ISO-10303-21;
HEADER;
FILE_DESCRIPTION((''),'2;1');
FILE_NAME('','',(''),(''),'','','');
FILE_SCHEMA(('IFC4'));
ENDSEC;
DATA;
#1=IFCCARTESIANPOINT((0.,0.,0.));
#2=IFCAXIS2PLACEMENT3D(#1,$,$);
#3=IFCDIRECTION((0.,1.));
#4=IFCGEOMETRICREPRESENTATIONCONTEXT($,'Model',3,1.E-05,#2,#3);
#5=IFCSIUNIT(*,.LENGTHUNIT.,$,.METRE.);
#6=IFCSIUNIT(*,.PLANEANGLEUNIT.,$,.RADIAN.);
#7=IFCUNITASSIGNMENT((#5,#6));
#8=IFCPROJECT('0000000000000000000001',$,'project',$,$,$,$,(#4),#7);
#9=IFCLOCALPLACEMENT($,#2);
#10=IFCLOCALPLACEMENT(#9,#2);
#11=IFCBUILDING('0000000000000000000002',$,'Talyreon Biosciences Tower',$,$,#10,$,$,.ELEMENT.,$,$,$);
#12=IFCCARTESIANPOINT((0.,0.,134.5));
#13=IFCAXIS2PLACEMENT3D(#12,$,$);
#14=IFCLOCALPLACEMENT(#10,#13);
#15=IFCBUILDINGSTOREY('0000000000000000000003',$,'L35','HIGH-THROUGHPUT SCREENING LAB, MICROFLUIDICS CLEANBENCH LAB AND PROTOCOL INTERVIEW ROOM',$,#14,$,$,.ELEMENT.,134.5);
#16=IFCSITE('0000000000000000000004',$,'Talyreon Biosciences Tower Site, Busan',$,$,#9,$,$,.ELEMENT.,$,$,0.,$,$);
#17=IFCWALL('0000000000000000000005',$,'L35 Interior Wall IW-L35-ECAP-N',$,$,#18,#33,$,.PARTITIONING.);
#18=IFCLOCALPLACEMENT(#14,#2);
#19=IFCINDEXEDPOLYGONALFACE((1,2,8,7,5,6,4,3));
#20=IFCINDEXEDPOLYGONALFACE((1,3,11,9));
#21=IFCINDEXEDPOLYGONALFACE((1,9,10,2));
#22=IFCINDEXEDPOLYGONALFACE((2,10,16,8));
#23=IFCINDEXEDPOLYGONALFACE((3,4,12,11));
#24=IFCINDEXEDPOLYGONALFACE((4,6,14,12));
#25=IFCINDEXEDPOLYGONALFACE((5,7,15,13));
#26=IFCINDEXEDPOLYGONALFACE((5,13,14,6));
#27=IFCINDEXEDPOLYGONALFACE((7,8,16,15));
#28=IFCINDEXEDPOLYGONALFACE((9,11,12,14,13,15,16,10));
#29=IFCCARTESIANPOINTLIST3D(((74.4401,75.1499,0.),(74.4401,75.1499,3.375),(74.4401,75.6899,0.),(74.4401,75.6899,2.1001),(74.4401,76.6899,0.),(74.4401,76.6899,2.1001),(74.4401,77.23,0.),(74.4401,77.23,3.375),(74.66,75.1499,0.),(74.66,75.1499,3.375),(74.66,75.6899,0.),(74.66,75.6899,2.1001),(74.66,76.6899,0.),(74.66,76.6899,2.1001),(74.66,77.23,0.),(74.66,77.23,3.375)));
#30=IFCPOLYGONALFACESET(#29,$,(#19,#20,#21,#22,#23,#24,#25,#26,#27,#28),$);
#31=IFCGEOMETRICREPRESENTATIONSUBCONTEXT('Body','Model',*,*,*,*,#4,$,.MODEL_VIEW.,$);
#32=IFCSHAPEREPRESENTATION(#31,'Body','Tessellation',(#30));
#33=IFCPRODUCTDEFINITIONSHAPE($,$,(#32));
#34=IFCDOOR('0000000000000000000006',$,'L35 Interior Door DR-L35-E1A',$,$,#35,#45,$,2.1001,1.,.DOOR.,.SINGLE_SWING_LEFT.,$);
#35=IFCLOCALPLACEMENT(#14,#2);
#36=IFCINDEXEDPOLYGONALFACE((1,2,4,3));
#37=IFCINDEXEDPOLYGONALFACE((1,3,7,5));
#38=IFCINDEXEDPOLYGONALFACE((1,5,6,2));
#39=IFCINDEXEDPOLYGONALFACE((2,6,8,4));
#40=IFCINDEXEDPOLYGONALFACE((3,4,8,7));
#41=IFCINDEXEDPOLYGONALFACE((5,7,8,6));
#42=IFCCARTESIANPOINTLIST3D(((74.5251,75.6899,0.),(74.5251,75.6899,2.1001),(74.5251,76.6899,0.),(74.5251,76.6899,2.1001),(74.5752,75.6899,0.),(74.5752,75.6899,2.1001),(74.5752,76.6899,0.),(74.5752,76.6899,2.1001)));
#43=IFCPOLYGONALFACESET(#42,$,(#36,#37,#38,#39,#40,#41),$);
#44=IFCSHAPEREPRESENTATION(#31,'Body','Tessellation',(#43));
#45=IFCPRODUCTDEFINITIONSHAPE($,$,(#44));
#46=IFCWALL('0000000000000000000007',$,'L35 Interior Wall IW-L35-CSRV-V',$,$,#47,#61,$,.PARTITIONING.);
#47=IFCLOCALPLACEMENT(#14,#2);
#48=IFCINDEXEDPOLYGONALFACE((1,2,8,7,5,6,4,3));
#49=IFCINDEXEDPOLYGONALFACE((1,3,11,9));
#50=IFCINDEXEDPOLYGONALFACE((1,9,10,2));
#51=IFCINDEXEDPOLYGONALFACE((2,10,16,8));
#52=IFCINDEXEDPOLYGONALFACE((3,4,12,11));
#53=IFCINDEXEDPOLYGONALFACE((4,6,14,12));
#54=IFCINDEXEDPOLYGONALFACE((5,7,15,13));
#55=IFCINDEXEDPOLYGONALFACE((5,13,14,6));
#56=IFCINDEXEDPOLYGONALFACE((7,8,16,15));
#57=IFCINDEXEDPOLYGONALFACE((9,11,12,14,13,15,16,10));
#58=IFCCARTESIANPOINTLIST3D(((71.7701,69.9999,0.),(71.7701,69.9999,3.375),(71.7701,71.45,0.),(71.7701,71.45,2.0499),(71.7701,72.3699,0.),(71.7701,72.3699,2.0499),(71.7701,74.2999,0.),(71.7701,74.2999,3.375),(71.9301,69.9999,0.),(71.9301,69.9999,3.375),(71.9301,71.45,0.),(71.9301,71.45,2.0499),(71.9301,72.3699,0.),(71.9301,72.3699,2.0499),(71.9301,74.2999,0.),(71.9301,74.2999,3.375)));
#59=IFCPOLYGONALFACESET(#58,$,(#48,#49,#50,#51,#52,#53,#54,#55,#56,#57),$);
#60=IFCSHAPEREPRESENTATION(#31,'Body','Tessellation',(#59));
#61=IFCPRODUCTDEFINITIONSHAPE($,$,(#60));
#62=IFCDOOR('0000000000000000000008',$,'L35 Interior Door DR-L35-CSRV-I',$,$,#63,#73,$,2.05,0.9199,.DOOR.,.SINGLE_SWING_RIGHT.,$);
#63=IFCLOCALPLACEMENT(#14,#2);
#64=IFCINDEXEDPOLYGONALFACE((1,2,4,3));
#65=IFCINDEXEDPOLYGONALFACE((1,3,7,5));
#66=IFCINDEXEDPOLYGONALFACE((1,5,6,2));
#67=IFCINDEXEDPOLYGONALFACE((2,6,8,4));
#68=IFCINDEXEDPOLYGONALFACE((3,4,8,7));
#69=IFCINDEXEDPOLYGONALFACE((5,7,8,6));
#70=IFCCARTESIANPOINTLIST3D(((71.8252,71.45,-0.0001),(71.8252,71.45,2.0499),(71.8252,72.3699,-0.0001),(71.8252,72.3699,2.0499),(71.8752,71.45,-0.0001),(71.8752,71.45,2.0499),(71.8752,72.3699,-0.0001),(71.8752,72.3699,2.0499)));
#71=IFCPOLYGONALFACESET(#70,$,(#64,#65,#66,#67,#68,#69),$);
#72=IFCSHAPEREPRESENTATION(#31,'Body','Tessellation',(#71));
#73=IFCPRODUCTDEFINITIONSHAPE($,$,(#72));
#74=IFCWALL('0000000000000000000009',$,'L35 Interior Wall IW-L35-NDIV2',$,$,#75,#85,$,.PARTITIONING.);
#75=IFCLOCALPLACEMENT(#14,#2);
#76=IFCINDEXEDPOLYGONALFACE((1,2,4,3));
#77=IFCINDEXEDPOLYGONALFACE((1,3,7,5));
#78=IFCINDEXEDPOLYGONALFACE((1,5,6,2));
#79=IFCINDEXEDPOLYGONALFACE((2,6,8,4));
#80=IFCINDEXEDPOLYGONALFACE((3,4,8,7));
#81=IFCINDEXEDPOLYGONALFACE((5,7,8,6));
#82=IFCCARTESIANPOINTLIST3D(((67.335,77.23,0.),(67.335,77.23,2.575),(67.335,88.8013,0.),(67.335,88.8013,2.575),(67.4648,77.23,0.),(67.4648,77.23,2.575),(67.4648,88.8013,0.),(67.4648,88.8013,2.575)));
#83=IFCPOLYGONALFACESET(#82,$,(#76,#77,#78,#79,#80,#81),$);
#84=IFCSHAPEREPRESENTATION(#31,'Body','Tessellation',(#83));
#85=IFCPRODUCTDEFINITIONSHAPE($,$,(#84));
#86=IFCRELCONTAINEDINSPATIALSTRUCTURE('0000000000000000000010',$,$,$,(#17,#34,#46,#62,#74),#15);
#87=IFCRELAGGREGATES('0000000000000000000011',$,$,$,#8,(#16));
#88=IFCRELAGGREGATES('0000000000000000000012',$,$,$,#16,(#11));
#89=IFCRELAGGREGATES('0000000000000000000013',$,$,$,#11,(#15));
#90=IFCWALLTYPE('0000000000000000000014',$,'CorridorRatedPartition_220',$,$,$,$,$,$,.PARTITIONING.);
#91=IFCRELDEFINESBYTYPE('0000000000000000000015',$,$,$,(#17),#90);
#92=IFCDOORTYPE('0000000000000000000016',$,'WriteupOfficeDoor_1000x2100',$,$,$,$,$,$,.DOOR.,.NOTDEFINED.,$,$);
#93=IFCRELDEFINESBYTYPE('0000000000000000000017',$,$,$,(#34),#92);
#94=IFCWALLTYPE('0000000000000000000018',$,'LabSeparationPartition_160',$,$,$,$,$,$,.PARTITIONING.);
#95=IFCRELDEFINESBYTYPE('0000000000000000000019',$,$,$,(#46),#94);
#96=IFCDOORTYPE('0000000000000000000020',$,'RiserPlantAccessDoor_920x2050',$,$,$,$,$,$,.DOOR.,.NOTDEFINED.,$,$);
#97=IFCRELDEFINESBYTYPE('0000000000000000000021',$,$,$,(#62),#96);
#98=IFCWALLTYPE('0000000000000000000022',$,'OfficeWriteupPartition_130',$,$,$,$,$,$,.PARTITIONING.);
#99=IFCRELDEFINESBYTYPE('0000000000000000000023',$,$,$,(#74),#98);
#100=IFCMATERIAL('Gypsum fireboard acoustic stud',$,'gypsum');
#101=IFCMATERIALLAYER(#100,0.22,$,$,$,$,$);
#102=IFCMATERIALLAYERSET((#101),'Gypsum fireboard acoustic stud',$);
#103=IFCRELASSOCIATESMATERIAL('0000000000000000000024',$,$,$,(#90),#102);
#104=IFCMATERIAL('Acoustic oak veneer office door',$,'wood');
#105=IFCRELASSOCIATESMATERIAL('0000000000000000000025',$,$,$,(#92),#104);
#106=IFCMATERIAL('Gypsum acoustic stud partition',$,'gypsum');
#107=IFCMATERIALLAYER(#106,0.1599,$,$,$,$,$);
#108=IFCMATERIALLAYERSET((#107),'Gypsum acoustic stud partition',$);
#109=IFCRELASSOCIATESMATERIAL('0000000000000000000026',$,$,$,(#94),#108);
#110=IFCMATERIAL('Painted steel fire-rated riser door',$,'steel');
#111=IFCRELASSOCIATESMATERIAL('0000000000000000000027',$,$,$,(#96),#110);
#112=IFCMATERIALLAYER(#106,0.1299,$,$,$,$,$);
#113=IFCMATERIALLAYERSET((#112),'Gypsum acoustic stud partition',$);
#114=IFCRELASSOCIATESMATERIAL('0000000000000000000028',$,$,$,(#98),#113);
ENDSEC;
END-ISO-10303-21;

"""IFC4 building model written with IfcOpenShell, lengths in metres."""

from ifc_helpers import new_model, si_unit, direction, frame, frame_2d, origin, place, context, subcontext, project, spatial, rectangle, extrude, material, layer, layer_set, type_object, element, fill, save


model = new_model("IFC4")

# Units and contexts
model_context = context("Model", 3, precision=1e-05, world=origin(), true_north=direction((0.0, 1.0)))
body_context = subcontext(model_context, "Body", "Model", "MODEL_VIEW")
ifc_project = project(units=[si_unit("LENGTHUNIT", "METRE"), si_unit("PLANEANGLEUNIT", "RADIAN")], contexts=[model_context])

# Site, building, storey
site_placement = place(None, origin())
site = spatial("IfcSite", under=ifc_project, at=site_placement, Name="Talyreon Biosciences Tower Site, Busan", CompositionType="ELEMENT", RefElevation=0.0)
building_placement = place(site_placement, origin())
building = spatial("IfcBuilding", under=site, at=building_placement, Name="Talyreon Biosciences Tower", CompositionType="ELEMENT")
storey_placement = place(building_placement, frame((0.0, 0.0, 134.5)))
storey = spatial("IfcBuildingStorey", under=building, at=storey_placement, Name="L35", Description="HIGH-THROUGHPUT SCREENING LAB, MICROFLUIDICS CLEANBENCH LAB AND PROTOCOL INTERVIEW ROOM", CompositionType="ELEMENT", Elevation=134.5)

# Walls, openings, doors
ifc_material_1 = material(Name="Gypsum fireboard acoustic stud", Category="gypsum")
ifc_layer_1 = layer(ifc_material_1, 0.22)
ifc_layer_set_1 = layer_set([ifc_layer_1], Name="Gypsum fireboard acoustic stud")
wall_type_1 = type_object("IfcWallType", Name="CorridorRatedPartition_220", PredefinedType="PARTITIONING", material=ifc_layer_set_1)
wall_1_placement = place(storey_placement, frame((74.55, 75.1499, 0.0), z_axis=(0.0, 0.0, 1.0), x_axis=(0.0, 1.0, 0.0)))
wall_1 = element("IfcWall", 1, at=wall_1_placement, inside=storey, type_object=wall_type_1, Name="L35 Interior Wall IW-L35-ECAP-N", PredefinedType="PARTITIONING", context=body_context, shape_type="SweptSolid", body=[
    extrude(rectangle(XDim=2.0801, YDim=0.22, at=frame_2d((1.04, 0.0))), origin(), (0.0, 0.0, 1.0), 3.375),
])
opening_1_placement = place(wall_1_placement, frame((0.54, 0.0, 0.0)))
opening_1 = element("IfcOpeningElement", 2, at=opening_1_placement, cuts=wall_1, PredefinedType="OPENING", context=body_context, shape_type="SweptSolid", body=[
    extrude(rectangle(XDim=1.0, YDim=2.1001, at=frame_2d((0.5, 1.05))), frame((0.0, 0.1199, 0.0), z_axis=(0.0, -1.0, 0.0), x_axis=(1.0, 0.0, 0.0)), (0.0, 0.0, 1.0), 0.24),
])
ifc_material_2 = material(Name="Acoustic oak veneer office door", Category="wood")
door_type_1 = type_object("IfcDoorType", Name="WriteupOfficeDoor_1000x2100", OperationType="NOTDEFINED", PredefinedType="DOOR", material=ifc_material_2)
door_1_placement = place(opening_1_placement, origin())
door_1 = element("IfcDoor", 3, at=door_1_placement, inside=storey, type_object=door_type_1, Name="L35 Interior Door DR-L35-E1A", OperationType="SINGLE_SWING_LEFT", OverallHeight=2.1001, OverallWidth=1.0, PredefinedType="DOOR", context=body_context, shape_type="SweptSolid", body=[
    extrude(rectangle(XDim=1.0, YDim=2.1001, at=frame_2d((0.5, 1.05))), frame((0.0, 0.0249, 0.0), z_axis=(0.0, -1.0, 0.0), x_axis=(1.0, 0.0, 0.0)), (0.0, 0.0, 1.0), 0.05),
])
fill(opening_1, door_1)
ifc_material_3 = material(Name="Gypsum acoustic stud partition", Category="gypsum")
ifc_layer_2 = layer(ifc_material_3, 0.1599)
ifc_layer_set_2 = layer_set([ifc_layer_2], Name="Gypsum acoustic stud partition")
wall_type_2 = type_object("IfcWallType", Name="LabSeparationPartition_160", PredefinedType="PARTITIONING", material=ifc_layer_set_2)
wall_2_placement = place(storey_placement, frame((71.8501, 70.0, 0.0), z_axis=(0.0, 0.0, 1.0), x_axis=(0.0, 1.0, 0.0)))
wall_2 = element("IfcWall", 4, at=wall_2_placement, inside=storey, type_object=wall_type_2, Name="L35 Interior Wall IW-L35-CSRV-V", PredefinedType="PARTITIONING", context=body_context, shape_type="SweptSolid", body=[
    extrude(rectangle(XDim=4.3, YDim=0.1599, at=frame_2d((2.1499, 0.0))), origin(), (0.0, 0.0, 1.0), 3.375),
])
opening_2_placement = place(wall_2_placement, frame((1.45, 0.0, 0.0)))
opening_2 = element("IfcOpeningElement", 5, at=opening_2_placement, cuts=wall_2, PredefinedType="OPENING", context=body_context, shape_type="SweptSolid", body=[
    extrude(rectangle(XDim=0.9199, YDim=2.05, at=frame_2d((0.46, 1.0249))), frame((0.0, 0.0898, 0.0), z_axis=(0.0, -1.0, 0.0), x_axis=(1.0, 0.0, 0.0)), (0.0, 0.0, 1.0), 0.1799),
])
ifc_material_4 = material(Name="Painted steel fire-rated riser door", Category="steel")
door_type_2 = type_object("IfcDoorType", Name="RiserPlantAccessDoor_920x2050", OperationType="NOTDEFINED", PredefinedType="DOOR", material=ifc_material_4)
door_2_placement = place(opening_2_placement, origin())
door_2 = element("IfcDoor", 6, at=door_2_placement, inside=storey, type_object=door_type_2, Name="L35 Interior Door DR-L35-CSRV-I", OperationType="SINGLE_SWING_RIGHT", OverallHeight=2.05, OverallWidth=0.9199, PredefinedType="DOOR", context=body_context, shape_type="SweptSolid", body=[
    extrude(rectangle(XDim=0.9199, YDim=2.05, at=frame_2d((0.46, 1.0249))), frame((0.0, 0.0249, 0.0), z_axis=(0.0, -1.0, 0.0), x_axis=(1.0, 0.0, 0.0)), (0.0, 0.0, 1.0), 0.05),
])
fill(opening_2, door_2)

# Wall
ifc_layer_3 = layer(ifc_material_3, 0.1299)
ifc_layer_set_3 = layer_set([ifc_layer_3], Name="Gypsum acoustic stud partition")
wall_type_3 = type_object("IfcWallType", Name="OfficeWriteupPartition_130", PredefinedType="PARTITIONING", material=ifc_layer_set_3)
wall_3_placement = place(storey_placement, frame((67.3999, 77.23, 0.0), z_axis=(0.0, 0.0, 1.0), x_axis=(0.0, 1.0, 0.0)))
element("IfcWall", 7, at=wall_3_placement, inside=storey, type_object=wall_type_3, Name="L35 Interior Wall IW-L35-NDIV2", PredefinedType="PARTITIONING", context=body_context, shape_type="SweptSolid", body=[
    extrude(rectangle(XDim=11.5713, YDim=0.1299, at=frame_2d((5.7856, 0.0))), origin(), (0.0, 0.0, 1.0), 2.575),
])

save(model, "model.ifc")
